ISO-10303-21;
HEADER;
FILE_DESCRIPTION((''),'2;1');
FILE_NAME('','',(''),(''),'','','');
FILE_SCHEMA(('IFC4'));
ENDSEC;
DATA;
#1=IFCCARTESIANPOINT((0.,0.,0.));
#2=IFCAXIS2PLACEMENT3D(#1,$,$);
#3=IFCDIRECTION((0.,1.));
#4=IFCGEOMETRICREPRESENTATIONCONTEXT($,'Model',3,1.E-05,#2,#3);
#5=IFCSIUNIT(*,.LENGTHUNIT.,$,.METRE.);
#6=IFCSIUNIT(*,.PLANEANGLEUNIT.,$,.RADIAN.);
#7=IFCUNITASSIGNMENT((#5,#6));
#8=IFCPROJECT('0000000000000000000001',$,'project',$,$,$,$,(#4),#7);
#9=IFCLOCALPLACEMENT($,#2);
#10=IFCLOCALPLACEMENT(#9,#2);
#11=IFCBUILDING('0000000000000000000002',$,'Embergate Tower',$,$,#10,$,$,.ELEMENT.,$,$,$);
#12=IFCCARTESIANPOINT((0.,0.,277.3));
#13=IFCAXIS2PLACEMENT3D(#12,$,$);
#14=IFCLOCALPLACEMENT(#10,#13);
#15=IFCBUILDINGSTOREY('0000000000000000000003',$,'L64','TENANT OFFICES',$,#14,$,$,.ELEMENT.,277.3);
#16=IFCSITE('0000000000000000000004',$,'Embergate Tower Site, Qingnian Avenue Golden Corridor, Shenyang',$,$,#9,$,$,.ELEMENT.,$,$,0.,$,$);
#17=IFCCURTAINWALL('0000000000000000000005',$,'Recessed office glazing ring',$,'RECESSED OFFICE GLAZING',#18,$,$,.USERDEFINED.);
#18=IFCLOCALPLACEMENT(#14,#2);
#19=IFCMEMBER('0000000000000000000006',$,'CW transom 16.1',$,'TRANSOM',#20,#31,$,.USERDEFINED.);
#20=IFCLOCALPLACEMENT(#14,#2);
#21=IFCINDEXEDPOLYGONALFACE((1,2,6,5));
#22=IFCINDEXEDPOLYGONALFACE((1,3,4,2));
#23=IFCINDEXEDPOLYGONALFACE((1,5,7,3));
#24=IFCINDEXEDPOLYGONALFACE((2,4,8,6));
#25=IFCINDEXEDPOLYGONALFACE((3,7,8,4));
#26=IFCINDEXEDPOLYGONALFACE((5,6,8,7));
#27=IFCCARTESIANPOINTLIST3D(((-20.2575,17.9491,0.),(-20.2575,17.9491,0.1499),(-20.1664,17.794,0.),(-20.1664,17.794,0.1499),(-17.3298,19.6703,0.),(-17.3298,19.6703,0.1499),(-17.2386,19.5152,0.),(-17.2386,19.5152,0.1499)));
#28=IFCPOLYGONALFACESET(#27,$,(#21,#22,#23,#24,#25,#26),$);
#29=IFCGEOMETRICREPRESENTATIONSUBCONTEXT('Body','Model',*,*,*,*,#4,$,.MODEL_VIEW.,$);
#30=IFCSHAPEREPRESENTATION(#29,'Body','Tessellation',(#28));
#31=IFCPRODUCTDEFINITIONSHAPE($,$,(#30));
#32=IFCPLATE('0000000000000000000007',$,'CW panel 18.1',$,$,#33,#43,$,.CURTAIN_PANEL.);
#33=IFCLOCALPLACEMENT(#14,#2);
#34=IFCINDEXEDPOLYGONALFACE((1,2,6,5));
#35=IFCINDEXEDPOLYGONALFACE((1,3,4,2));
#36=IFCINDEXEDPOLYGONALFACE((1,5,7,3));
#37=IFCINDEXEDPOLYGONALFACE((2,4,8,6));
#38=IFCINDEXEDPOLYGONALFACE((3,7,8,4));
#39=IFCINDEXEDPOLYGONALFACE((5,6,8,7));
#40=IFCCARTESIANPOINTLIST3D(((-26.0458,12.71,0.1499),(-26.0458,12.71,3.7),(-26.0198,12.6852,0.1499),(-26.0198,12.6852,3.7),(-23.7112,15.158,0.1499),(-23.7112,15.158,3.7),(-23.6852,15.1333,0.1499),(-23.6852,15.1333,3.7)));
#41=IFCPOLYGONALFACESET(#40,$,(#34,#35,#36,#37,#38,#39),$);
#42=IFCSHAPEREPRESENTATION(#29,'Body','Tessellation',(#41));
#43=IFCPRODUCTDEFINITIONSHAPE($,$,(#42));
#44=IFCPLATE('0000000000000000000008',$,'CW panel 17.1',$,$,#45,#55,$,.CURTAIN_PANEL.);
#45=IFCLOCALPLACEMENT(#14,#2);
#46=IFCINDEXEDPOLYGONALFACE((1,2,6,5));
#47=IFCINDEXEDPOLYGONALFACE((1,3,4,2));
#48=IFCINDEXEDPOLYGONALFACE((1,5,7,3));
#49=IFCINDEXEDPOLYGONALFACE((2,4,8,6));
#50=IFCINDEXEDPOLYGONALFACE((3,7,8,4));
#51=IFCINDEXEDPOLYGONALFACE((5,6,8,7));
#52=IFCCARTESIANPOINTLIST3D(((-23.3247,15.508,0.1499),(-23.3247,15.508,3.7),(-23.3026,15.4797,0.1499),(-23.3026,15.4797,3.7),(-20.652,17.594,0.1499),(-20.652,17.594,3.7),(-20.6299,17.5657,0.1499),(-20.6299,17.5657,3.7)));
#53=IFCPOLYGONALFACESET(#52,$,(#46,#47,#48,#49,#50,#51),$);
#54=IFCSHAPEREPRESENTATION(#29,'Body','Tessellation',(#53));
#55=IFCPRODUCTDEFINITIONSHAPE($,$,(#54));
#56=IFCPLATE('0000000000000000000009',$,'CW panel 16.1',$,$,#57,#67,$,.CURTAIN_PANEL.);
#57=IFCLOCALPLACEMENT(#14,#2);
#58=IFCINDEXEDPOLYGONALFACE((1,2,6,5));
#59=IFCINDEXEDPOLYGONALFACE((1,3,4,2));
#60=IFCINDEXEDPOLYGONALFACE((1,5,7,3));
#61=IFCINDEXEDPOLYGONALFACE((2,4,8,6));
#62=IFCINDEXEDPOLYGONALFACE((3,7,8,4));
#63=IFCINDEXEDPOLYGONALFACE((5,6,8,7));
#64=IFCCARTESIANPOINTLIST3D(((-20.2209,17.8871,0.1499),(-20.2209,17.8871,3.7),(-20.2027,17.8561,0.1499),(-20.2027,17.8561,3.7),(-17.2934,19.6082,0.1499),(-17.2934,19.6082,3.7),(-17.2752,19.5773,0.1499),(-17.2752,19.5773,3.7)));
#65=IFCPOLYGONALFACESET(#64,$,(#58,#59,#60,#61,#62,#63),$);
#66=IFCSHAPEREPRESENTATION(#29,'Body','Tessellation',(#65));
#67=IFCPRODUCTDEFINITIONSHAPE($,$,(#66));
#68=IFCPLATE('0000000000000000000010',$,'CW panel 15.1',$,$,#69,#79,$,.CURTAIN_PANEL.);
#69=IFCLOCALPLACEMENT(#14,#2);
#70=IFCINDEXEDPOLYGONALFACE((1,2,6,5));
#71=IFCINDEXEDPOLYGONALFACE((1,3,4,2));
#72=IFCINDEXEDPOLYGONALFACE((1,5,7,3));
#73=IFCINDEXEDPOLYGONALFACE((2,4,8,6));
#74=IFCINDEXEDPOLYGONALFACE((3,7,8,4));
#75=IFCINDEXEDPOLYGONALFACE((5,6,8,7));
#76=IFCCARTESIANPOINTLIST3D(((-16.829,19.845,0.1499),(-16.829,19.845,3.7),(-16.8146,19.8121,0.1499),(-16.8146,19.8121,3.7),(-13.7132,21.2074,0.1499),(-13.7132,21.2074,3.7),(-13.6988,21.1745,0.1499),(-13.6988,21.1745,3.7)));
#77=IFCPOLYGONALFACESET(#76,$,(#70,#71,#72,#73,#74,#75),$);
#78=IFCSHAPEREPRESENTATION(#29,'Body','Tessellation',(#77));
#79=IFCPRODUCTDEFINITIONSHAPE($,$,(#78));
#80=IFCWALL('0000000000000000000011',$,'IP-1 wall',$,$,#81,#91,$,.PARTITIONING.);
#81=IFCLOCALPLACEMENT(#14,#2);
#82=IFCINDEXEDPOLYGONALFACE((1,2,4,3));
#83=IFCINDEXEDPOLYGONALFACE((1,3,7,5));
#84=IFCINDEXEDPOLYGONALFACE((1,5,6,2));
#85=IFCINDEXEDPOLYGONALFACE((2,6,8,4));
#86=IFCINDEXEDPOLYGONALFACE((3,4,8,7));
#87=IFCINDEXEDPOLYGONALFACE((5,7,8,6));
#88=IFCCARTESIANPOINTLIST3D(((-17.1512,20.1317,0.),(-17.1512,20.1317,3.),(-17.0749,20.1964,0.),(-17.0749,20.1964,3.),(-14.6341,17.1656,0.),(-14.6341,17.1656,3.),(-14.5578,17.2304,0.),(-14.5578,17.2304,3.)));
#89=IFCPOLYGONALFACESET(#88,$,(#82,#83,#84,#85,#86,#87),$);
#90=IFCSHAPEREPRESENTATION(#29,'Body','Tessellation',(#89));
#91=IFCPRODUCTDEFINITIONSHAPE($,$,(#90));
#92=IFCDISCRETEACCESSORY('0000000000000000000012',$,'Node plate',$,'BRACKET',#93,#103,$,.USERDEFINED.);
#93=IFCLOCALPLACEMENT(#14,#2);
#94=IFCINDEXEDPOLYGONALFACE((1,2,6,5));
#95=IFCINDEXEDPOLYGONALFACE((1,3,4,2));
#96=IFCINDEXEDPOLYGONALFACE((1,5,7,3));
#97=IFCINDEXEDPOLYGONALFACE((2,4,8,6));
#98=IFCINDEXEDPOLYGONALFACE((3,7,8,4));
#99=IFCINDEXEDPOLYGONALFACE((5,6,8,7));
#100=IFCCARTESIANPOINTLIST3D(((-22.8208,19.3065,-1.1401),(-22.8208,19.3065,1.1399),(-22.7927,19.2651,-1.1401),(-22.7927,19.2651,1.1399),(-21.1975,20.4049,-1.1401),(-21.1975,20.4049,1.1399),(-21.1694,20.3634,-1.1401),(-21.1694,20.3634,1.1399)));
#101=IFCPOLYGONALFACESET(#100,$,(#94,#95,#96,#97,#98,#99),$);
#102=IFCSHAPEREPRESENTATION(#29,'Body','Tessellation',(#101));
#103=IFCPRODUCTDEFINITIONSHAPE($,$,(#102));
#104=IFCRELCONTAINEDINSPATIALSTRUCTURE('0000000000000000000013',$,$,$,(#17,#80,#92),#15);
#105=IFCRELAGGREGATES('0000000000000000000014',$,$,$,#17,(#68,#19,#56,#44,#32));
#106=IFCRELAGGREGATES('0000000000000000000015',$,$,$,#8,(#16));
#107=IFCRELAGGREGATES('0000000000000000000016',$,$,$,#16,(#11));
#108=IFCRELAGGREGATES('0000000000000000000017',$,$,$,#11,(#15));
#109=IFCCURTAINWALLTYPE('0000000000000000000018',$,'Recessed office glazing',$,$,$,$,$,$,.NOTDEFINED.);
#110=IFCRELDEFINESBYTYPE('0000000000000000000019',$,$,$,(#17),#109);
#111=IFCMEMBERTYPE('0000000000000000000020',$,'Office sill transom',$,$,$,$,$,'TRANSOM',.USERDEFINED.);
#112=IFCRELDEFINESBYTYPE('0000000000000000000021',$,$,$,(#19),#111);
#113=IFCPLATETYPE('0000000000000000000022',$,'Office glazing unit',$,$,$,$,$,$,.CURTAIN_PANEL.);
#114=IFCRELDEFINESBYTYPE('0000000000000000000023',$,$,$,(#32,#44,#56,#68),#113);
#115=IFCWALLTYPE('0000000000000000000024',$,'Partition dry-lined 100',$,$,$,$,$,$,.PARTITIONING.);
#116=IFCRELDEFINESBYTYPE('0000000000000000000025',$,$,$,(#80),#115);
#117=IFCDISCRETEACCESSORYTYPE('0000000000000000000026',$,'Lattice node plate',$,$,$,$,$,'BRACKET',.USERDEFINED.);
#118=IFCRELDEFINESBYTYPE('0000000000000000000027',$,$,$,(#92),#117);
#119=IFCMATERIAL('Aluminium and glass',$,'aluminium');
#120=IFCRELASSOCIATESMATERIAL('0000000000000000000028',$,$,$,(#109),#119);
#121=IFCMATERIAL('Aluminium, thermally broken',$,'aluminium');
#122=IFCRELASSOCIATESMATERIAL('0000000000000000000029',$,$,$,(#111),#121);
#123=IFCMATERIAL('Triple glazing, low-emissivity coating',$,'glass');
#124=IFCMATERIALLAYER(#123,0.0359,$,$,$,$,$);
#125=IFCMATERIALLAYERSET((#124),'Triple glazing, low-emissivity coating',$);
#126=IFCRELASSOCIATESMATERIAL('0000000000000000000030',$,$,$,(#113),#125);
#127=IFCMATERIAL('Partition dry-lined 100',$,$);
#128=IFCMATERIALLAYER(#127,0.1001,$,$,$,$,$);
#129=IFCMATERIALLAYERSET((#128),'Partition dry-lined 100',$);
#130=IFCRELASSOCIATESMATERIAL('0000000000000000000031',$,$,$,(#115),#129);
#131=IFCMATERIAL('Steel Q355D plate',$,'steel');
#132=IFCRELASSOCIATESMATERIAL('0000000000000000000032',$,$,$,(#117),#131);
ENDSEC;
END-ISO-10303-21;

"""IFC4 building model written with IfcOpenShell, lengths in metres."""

from ifc_helpers import new_model, si_unit, direction, frame, frame_2d, origin, origin_2d, place, context, subcontext, project, spatial, rectangle, extrude, source, transform, mapped, material, layer, layer_set, material_profile, profile_set, type_object, element, aggregate, save


model = new_model("IFC4")

# Units and contexts
model_context = context("Model", 3, precision=1e-05, world=origin(), true_north=direction((0.0, 1.0)))
body_context = subcontext(model_context, "Body", "Model", "MODEL_VIEW")
ifc_project = project(units=[si_unit("LENGTHUNIT", "METRE"), si_unit("PLANEANGLEUNIT", "RADIAN")], contexts=[model_context])

# Site, building, storey
site_placement = place(None, origin())
site = spatial("IfcSite", under=ifc_project, at=site_placement, Name="Embergate Tower Site, Qingnian Avenue Golden Corridor, Shenyang", CompositionType="ELEMENT", RefElevation=0.0)
building_placement = place(site_placement, origin())
building = spatial("IfcBuilding", under=site, at=building_placement, Name="Embergate Tower", CompositionType="ELEMENT")
storey_placement = place(building_placement, frame((0.0, 0.0, 277.3)))
storey = spatial("IfcBuildingStorey", under=building, at=storey_placement, Name="L64", Description="TENANT OFFICES", CompositionType="ELEMENT", Elevation=277.3)

# Curtain wall, member, plates
ifc_material_1 = material(Name="Aluminium and glass", Category="aluminium")
curtain_wall_type = type_object("IfcCurtainWallType", Name="Recessed office glazing", PredefinedType="NOTDEFINED", material=ifc_material_1)
curtain_wall_placement = place(storey_placement, origin())
curtain_wall = element("IfcCurtainWall", 1, at=curtain_wall_placement, inside=storey, type_object=curtain_wall_type, Name="Recessed office glazing ring", ObjectType="RECESSED OFFICE GLAZING", PredefinedType="USERDEFINED")
ifc_material_2 = material(Name="Aluminium, thermally broken", Category="aluminium")
ifc_material_profile_1 = material_profile(ifc_material_2, rectangle(XDim=0.1799, YDim=0.1499, at=origin_2d()), Name="AL 150x180")
ifc_profile_set_1 = profile_set([ifc_material_profile_1], Name="Aluminium, thermally broken")
member_type_1 = type_object("IfcMemberType", Name="Office sill transom", ElementType="TRANSOM", PredefinedType="USERDEFINED", material=ifc_profile_set_1)
shared_shape_1 = source(origin(), body_context, "Body", "SweptSolid", [
    extrude(rectangle(XDim=0.1799, YDim=0.1499, at=origin_2d()), origin(), (0.0, 0.0, 1.0), 3.3962),
])
member_1_placement = place(storey_placement, frame((-17.2842, 19.5928, 0.075), z_axis=(-0.862064, -0.5068, 0.0), x_axis=(0.5068, -0.862064, 0.0)))
member_1 = element("IfcMember", 2, at=member_1_placement, type_object=member_type_1, Name="CW transom 16.1", ObjectType="TRANSOM", PredefinedType="USERDEFINED", context=body_context, shape_type="MappedRepresentation", body=[
    mapped(shared_shape_1, transform((0.0, 0.0, 0.0))),
])
ifc_material_3 = material(Name="Triple glazing, low-emissivity coating", Category="glass")
ifc_layer_1 = layer(ifc_material_3, 0.0359)
ifc_layer_set_1 = layer_set([ifc_layer_1], Name="Triple glazing, low-emissivity coating")
plate_type = type_object("IfcPlateType", Name="Office glazing unit", PredefinedType="CURTAIN_PANEL", material=ifc_layer_set_1)
shared_shape_2 = source(origin(), body_context, "Body", "SweptSolid", [
    extrude(rectangle(XDim=3.3828, YDim=0.0359, at=origin_2d()), origin(), (0.0, 0.0, 1.0), 3.55),
])
plate_1_placement = place(storey_placement, frame((-24.8655, 13.9216, 0.1499), z_axis=(0.0, 0.0, 1.0), x_axis=(-0.690139, -0.723677, 0.0)))
plate_1 = element("IfcPlate", 3, at=plate_1_placement, type_object=plate_type, Name="CW panel 18.1", PredefinedType="CURTAIN_PANEL", context=body_context, shape_type="MappedRepresentation", body=[
    mapped(shared_shape_2, transform((0.0, 0.0, 0.0))),
])
shared_shape_3 = source(origin(), body_context, "Body", "SweptSolid", [
    extrude(rectangle(XDim=3.3904, YDim=0.0359, at=origin_2d()), origin(), (0.0, 0.0, 1.0), 3.55),
])
plate_2_placement = place(storey_placement, frame((-21.9773, 16.5369, 0.1499), z_axis=(0.0, 0.0, 1.0), x_axis=(-0.788323, -0.615261, 0.0)))
plate_2 = element("IfcPlate", 4, at=plate_2_placement, type_object=plate_type, Name="CW panel 17.1", PredefinedType="CURTAIN_PANEL", context=body_context, shape_type="MappedRepresentation", body=[
    mapped(shared_shape_3, transform((0.0, 0.0, 0.0))),
])
shared_shape_4 = source(origin(), body_context, "Body", "SweptSolid", [
    extrude(rectangle(XDim=3.396, YDim=0.0359, at=origin_2d()), origin(), (0.0, 0.0, 1.0), 3.55),
])
plate_3_placement = place(storey_placement, frame((-18.748, 18.7322, 0.1499), z_axis=(0.0, 0.0, 1.0), x_axis=(-0.862055, -0.506815, 0.0)))
plate_3 = element("IfcPlate", 5, at=plate_3_placement, type_object=plate_type, Name="CW panel 16.1", PredefinedType="CURTAIN_PANEL", context=body_context, shape_type="MappedRepresentation", body=[
    mapped(shared_shape_4, transform((0.0, 0.0, 0.0))),
])
shared_shape_5 = source(origin(), body_context, "Body", "SweptSolid", [
    extrude(rectangle(XDim=3.4006, YDim=0.0359, at=origin_2d()), origin(), (0.0, 0.0, 1.0), 3.55),
])
plate_4_placement = place(storey_placement, frame((-15.2639, 20.5098, 0.1499), z_axis=(0.0, 0.0, 1.0), x_axis=(-0.916237, -0.400637, 0.0)))
plate_4 = element("IfcPlate", 6, at=plate_4_placement, type_object=plate_type, Name="CW panel 15.1", PredefinedType="CURTAIN_PANEL", context=body_context, shape_type="MappedRepresentation", body=[
    mapped(shared_shape_5, transform((0.0, 0.0, 0.0))),
])
aggregate(curtain_wall, [plate_4, member_1, plate_3, plate_2, plate_1])

# Wall
ifc_material_4 = material(Name="Partition dry-lined 100")
ifc_layer_2 = layer(ifc_material_4, 0.1001)
ifc_layer_set_2 = layer_set([ifc_layer_2], Name="Partition dry-lined 100")
wall_type = type_object("IfcWallType", Name="Partition dry-lined 100", PredefinedType="PARTITIONING", material=ifc_layer_set_2)
shared_shape_6 = source(origin(), body_context, "Body", "SweptSolid", [
    extrude(rectangle(XDim=3.8901, YDim=0.1001, at=frame_2d((1.9451, 0.0))), origin(), (0.0, 0.0, 1.0), 3.0),
])
wall_placement = place(storey_placement, frame((-14.5959, 17.198, 0.0), z_axis=(0.0, 0.0, 1.0), x_axis=(-0.647042, 0.762455, 0.0)))
element("IfcWall", 7, at=wall_placement, inside=storey, type_object=wall_type, Name="IP-1 wall", PredefinedType="PARTITIONING", context=body_context, shape_type="MappedRepresentation", body=[
    mapped(shared_shape_6, transform((0.0, 0.0, 0.0))),
])

# Discrete accessory
ifc_material_5 = material(Name="Steel Q355D plate", Category="steel")
discrete_accessory_type = type_object("IfcDiscreteAccessoryType", Name="Lattice node plate", ElementType="BRACKET", PredefinedType="USERDEFINED", material=ifc_material_5)
shared_shape_7 = source(origin(), body_context, "Body", "SweptSolid", [
    extrude(rectangle(XDim=1.96, YDim=0.05, at=origin_2d()), origin(), (0.0, 0.0, 1.0), 2.28),
])
discrete_accessory_placement = place(storey_placement, frame((-21.9951, 19.835, -1.1401), z_axis=(0.0, 0.0, 1.0), x_axis=(-0.828227, -0.560393, 0.0)))
element("IfcDiscreteAccessory", 8, at=discrete_accessory_placement, inside=storey, type_object=discrete_accessory_type, Name="Node plate", ObjectType="BRACKET", PredefinedType="USERDEFINED", context=body_context, shape_type="MappedRepresentation", body=[
    mapped(shared_shape_7, transform((0.0, 0.0, 0.0))),
])

save(model, "model.ifc")
